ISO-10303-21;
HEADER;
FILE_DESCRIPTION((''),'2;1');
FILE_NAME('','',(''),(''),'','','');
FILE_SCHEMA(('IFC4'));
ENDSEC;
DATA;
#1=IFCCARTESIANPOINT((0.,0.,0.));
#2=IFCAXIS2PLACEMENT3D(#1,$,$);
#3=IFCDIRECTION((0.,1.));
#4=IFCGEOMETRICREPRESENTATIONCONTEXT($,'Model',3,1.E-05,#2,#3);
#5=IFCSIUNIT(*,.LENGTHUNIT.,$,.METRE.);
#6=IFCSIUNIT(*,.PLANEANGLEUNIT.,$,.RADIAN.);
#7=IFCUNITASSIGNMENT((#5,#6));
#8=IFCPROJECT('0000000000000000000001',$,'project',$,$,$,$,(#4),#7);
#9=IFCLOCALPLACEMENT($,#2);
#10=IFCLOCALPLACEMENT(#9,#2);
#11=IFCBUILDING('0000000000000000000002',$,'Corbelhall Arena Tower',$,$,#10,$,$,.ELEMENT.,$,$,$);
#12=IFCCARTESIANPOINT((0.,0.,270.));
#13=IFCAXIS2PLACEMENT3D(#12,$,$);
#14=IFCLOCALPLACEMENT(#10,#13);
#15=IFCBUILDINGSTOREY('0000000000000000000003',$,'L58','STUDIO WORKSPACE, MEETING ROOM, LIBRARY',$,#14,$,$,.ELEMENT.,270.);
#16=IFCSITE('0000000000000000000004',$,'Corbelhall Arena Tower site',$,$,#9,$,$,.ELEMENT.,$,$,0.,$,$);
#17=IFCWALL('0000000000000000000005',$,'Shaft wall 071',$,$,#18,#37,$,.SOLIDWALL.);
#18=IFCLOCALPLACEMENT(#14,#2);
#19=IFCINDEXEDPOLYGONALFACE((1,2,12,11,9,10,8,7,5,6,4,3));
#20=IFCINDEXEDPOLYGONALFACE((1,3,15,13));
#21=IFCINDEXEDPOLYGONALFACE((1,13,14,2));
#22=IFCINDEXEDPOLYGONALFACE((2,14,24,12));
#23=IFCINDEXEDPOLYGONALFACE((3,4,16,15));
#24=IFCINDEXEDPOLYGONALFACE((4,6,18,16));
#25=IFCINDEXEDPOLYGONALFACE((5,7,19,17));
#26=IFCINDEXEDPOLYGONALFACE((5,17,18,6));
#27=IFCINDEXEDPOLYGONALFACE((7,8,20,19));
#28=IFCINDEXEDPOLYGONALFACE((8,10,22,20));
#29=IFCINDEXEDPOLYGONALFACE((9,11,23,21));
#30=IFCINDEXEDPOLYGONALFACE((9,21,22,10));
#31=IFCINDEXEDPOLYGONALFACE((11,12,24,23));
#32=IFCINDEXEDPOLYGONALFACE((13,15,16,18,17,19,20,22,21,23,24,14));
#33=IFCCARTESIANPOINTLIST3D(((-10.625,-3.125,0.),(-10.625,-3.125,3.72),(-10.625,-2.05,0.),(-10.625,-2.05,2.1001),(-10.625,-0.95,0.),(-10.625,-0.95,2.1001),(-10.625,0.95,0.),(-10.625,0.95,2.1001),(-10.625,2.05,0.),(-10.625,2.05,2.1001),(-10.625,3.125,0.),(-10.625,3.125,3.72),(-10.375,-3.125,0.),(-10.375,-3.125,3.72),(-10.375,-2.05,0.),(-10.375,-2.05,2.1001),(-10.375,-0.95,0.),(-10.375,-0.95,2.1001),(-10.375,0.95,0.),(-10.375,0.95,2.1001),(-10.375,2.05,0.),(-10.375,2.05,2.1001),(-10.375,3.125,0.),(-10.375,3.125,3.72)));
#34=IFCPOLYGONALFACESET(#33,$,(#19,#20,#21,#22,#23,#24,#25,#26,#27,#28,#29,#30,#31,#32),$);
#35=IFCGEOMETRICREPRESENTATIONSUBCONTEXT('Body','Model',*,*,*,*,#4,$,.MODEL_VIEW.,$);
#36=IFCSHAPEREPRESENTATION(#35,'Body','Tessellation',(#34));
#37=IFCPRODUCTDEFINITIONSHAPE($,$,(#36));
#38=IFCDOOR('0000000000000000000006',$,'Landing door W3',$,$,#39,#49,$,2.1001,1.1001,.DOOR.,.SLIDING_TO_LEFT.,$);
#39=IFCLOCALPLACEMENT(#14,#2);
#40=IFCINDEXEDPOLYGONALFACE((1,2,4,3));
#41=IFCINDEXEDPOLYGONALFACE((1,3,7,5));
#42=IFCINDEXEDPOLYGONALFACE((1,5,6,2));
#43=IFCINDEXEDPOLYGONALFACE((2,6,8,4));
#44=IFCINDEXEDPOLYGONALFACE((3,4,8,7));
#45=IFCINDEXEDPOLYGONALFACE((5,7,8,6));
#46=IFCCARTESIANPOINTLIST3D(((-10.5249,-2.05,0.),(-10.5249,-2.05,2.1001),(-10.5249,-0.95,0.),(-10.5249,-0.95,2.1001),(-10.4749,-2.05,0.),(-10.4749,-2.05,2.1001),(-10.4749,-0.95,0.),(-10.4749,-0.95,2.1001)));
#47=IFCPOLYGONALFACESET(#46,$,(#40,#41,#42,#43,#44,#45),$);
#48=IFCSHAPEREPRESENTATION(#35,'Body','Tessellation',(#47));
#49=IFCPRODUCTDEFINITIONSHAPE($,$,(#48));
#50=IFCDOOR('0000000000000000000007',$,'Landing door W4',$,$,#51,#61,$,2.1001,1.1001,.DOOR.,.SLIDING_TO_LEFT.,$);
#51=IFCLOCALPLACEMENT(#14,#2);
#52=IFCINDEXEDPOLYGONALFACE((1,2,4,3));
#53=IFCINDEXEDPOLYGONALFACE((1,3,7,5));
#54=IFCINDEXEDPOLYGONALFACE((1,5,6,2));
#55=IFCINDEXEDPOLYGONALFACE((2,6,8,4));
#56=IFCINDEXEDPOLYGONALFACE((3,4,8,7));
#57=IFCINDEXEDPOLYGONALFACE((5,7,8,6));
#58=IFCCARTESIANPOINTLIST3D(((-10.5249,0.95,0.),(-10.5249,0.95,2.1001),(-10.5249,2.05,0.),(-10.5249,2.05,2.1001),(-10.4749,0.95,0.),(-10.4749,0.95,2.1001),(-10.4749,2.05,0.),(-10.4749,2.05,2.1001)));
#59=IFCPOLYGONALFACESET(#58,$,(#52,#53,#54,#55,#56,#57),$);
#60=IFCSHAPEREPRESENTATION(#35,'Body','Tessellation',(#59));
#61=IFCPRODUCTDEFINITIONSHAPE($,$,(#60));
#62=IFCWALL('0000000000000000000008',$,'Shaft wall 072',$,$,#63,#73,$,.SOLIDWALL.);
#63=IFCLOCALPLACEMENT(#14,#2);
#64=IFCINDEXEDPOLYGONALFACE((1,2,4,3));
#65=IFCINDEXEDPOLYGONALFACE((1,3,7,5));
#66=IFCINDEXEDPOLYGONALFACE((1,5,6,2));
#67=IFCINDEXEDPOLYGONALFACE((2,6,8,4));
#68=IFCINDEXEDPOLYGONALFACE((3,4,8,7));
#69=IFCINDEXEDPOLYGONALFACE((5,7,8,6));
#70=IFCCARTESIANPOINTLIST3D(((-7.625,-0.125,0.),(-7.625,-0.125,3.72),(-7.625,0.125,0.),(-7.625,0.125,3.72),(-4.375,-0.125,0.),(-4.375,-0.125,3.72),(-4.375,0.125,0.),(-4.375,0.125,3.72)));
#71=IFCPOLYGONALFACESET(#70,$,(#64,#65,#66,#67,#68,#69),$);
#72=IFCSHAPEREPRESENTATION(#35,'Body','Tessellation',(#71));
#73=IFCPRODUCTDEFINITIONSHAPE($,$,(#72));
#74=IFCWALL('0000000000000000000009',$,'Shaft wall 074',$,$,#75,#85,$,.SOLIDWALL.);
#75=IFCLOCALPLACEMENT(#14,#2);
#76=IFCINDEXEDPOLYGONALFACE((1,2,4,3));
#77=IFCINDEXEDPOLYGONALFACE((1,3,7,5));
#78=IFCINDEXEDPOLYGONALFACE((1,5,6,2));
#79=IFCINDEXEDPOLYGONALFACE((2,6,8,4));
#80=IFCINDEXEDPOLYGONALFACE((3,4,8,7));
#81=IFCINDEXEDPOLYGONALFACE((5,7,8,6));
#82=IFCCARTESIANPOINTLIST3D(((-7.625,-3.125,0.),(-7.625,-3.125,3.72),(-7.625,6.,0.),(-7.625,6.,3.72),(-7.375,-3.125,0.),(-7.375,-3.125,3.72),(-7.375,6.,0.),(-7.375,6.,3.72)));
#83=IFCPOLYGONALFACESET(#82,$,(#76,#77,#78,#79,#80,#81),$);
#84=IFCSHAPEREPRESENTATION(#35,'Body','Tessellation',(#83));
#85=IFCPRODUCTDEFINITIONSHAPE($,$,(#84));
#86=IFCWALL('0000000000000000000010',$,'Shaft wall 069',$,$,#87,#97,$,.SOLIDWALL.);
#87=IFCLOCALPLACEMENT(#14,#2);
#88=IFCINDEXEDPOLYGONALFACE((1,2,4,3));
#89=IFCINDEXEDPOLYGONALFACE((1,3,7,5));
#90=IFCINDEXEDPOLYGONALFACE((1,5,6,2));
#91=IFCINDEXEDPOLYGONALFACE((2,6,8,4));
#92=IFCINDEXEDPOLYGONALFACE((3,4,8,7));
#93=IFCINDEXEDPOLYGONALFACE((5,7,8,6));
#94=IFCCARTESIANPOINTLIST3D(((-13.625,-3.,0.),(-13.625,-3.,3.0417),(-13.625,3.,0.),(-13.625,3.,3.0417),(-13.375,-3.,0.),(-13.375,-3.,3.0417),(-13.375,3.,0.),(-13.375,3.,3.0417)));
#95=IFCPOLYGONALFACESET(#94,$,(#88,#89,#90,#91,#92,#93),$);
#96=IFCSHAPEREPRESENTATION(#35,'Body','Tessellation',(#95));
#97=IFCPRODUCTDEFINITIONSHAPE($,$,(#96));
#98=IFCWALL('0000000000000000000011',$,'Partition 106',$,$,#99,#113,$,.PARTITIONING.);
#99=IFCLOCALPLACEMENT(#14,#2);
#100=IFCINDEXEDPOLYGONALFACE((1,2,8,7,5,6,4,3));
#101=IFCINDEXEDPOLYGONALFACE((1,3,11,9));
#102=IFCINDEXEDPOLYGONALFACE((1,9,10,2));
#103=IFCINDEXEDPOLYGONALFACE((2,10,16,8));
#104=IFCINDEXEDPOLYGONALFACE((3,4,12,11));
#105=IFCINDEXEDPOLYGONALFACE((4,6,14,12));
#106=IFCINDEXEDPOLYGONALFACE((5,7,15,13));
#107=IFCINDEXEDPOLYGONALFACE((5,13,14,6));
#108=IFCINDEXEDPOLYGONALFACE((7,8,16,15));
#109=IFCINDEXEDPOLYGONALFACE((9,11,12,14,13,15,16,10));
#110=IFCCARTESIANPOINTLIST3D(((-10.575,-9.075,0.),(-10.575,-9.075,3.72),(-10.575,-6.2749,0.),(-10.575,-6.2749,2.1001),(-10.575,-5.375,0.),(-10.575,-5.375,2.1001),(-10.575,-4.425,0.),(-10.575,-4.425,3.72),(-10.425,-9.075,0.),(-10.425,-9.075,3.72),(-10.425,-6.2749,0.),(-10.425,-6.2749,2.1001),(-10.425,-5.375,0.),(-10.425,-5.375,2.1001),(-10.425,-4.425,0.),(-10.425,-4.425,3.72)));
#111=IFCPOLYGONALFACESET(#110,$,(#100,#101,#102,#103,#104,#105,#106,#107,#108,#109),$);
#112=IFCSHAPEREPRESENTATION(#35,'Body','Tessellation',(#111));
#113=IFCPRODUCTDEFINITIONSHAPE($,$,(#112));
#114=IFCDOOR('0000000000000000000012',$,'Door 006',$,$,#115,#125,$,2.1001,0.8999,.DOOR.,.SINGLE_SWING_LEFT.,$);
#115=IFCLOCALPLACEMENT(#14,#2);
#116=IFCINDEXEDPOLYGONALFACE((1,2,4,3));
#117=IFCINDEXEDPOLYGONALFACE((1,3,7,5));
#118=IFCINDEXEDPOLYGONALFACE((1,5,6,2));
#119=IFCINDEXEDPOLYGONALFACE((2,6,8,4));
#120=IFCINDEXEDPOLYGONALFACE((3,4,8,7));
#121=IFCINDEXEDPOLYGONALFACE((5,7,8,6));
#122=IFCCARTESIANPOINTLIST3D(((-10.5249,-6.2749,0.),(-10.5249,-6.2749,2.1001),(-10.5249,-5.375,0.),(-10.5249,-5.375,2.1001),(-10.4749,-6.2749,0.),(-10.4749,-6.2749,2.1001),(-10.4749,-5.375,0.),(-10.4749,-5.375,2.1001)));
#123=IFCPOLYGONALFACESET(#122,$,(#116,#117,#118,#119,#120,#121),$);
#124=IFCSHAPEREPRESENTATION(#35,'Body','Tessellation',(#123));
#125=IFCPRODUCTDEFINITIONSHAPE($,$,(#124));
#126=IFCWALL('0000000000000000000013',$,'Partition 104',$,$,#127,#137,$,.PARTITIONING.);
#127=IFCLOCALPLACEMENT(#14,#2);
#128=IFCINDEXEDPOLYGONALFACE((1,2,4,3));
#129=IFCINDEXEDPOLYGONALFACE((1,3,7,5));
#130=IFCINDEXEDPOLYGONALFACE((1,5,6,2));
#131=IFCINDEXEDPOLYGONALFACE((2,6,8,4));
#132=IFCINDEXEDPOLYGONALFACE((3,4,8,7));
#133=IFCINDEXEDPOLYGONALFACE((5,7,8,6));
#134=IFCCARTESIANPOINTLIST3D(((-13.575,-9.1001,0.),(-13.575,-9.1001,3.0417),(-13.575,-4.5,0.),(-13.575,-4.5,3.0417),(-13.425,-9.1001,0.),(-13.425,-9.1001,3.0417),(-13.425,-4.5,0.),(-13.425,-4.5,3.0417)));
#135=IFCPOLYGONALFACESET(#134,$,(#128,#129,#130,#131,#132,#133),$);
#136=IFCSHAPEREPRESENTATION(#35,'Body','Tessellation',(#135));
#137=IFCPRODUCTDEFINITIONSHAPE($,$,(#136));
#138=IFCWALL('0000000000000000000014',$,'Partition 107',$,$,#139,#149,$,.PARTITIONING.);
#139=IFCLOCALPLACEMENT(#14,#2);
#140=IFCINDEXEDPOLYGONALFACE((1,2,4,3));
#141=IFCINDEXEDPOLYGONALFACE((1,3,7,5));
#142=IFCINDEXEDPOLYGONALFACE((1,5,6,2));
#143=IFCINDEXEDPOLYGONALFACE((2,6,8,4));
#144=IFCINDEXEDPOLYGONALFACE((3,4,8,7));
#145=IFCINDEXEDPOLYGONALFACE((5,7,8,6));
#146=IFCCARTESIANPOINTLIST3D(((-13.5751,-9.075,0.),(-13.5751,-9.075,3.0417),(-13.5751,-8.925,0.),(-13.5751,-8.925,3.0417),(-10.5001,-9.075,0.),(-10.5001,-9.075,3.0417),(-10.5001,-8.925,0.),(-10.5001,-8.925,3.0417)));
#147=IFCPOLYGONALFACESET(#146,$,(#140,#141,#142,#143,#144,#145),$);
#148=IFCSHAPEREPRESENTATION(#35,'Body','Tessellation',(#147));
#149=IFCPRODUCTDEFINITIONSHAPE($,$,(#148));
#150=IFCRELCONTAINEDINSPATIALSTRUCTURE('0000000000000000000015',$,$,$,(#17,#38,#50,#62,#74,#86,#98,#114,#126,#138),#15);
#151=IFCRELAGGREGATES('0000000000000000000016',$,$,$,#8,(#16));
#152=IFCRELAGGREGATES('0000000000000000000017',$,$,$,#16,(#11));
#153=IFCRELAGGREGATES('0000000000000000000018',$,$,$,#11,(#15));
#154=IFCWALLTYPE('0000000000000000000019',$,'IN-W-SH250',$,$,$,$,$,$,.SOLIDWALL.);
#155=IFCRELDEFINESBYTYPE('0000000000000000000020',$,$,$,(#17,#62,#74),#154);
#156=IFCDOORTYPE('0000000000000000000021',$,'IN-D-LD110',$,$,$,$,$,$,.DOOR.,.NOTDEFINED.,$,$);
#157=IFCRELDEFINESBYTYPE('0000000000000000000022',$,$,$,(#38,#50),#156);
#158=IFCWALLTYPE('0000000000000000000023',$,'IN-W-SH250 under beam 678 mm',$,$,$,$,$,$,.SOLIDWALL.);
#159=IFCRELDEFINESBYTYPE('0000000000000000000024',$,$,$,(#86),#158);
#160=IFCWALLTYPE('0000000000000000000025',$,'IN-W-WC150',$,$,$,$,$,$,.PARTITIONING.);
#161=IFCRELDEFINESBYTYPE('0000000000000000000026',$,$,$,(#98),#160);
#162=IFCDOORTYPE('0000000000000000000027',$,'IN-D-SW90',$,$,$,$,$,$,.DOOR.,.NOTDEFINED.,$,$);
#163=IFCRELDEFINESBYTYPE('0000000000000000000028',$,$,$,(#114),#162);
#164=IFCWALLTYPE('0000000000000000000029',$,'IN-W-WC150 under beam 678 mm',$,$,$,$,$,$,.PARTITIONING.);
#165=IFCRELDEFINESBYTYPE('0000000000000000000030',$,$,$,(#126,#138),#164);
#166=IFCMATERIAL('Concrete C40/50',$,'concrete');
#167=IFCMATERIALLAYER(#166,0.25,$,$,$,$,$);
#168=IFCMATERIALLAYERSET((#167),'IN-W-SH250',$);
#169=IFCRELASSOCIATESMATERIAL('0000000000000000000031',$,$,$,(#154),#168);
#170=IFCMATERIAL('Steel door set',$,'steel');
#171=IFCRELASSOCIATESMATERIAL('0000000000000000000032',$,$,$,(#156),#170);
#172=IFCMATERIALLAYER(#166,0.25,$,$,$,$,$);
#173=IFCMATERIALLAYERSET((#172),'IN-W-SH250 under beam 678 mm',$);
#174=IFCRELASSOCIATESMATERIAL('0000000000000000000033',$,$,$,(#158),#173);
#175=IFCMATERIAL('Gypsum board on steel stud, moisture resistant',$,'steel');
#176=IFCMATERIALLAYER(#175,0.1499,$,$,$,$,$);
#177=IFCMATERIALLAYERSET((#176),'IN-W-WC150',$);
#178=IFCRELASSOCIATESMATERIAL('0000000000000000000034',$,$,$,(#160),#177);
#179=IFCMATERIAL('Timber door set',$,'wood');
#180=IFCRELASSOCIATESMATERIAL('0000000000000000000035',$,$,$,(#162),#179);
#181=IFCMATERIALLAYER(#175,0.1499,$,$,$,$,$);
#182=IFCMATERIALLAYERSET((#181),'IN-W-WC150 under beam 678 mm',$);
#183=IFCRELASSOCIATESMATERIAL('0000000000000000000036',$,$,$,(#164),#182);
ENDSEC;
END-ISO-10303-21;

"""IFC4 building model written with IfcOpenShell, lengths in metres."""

from ifc_helpers import new_model, si_unit, direction, frame, frame_2d, origin, place, context, subcontext, project, spatial, rectangle, extrude, material, layer, layer_set, type_object, element, fill, save


model = new_model("IFC4")

# Units and contexts
model_context = context("Model", 3, precision=1e-05, world=origin(), true_north=direction((0.0, 1.0)))
body_context = subcontext(model_context, "Body", "Model", "MODEL_VIEW")
ifc_project = project(units=[si_unit("LENGTHUNIT", "METRE"), si_unit("PLANEANGLEUNIT", "RADIAN")], contexts=[model_context])

# Site, building, storey
site_placement = place(None, origin())
site = spatial("IfcSite", under=ifc_project, at=site_placement, Name="Corbelhall Arena Tower site", CompositionType="ELEMENT", RefElevation=0.0)
building_placement = place(site_placement, origin())
building = spatial("IfcBuilding", under=site, at=building_placement, Name="Corbelhall Arena Tower", CompositionType="ELEMENT")
storey_placement = place(building_placement, frame((0.0, 0.0, 270.0)))
storey = spatial("IfcBuildingStorey", under=building, at=storey_placement, Name="L58", Description="STUDIO WORKSPACE, MEETING ROOM, LIBRARY", CompositionType="ELEMENT", Elevation=270.0)

# Shared definitions
ifc_material_1 = material(Name="Steel door set", Category="steel")

# Wall, openings, doors
ifc_material_2 = material(Name="Concrete C40/50", Category="concrete")
ifc_layer_1 = layer(ifc_material_2, 0.25)
ifc_layer_set_1 = layer_set([ifc_layer_1], Name="IN-W-SH250")
wall_type_1 = type_object("IfcWallType", Name="IN-W-SH250", PredefinedType="SOLIDWALL", material=ifc_layer_set_1)
wall_1_placement = place(storey_placement, frame((-10.5, -3.125, 0.0), z_axis=(0.0, 0.0, 1.0), x_axis=(0.0, 1.0, 0.0)))
wall_1 = element("IfcWall", 1, at=wall_1_placement, inside=storey, type_object=wall_type_1, Name="Shaft wall 071", PredefinedType="SOLIDWALL", context=body_context, shape_type="SweptSolid", body=[
    extrude(rectangle(XDim=6.25, YDim=0.25, at=frame_2d((3.125, 0.0))), origin(), (0.0, 0.0, 1.0), 3.72),
])
opening_1_placement = place(wall_1_placement, frame((1.075, 0.0, 0.0)))
opening_1 = element("IfcOpeningElement", 2, at=opening_1_placement, cuts=wall_1, PredefinedType="OPENING", context=body_context, shape_type="SweptSolid", body=[
    extrude(rectangle(XDim=1.1001, YDim=2.1001, at=frame_2d((0.55, 1.05))), frame((0.0, 0.125, 0.0), z_axis=(0.0, -1.0, 0.0), x_axis=(1.0, 0.0, 0.0)), (0.0, 0.0, 1.0), 0.25),
])
opening_2_placement = place(wall_1_placement, frame((4.075, 0.0, 0.0)))
opening_2 = element("IfcOpeningElement", 3, at=opening_2_placement, cuts=wall_1, PredefinedType="OPENING", context=body_context, shape_type="SweptSolid", body=[
    extrude(rectangle(XDim=1.1001, YDim=2.1001, at=frame_2d((0.55, 1.05))), frame((0.0, 0.125, 0.0), z_axis=(0.0, -1.0, 0.0), x_axis=(1.0, 0.0, 0.0)), (0.0, 0.0, 1.0), 0.25),
])
door_type_1 = type_object("IfcDoorType", Name="IN-D-LD110", OperationType="NOTDEFINED", PredefinedType="DOOR", material=ifc_material_1)
door_1_placement = place(opening_1_placement, origin())
door_1 = element("IfcDoor", 4, at=door_1_placement, inside=storey, type_object=door_type_1, Name="Landing door W3", OperationType="SLIDING_TO_LEFT", OverallHeight=2.1001, OverallWidth=1.1001, PredefinedType="DOOR", context=body_context, shape_type="SweptSolid", body=[
    extrude(rectangle(XDim=1.1001, YDim=2.1001, at=frame_2d((0.55, 1.05))), frame((0.0, 0.0249, 0.0), z_axis=(0.0, -1.0, 0.0), x_axis=(1.0, 0.0, 0.0)), (0.0, 0.0, 1.0), 0.05),
])
fill(opening_1, door_1)
door_2_placement = place(opening_2_placement, origin())
door_2 = element("IfcDoor", 5, at=door_2_placement, inside=storey, type_object=door_type_1, Name="Landing door W4", OperationType="SLIDING_TO_LEFT", OverallHeight=2.1001, OverallWidth=1.1001, PredefinedType="DOOR", context=body_context, shape_type="SweptSolid", body=[
    extrude(rectangle(XDim=1.1001, YDim=2.1001, at=frame_2d((0.55, 1.05))), frame((0.0, 0.0249, 0.0), z_axis=(0.0, -1.0, 0.0), x_axis=(1.0, 0.0, 0.0)), (0.0, 0.0, 1.0), 0.05),
])
fill(opening_2, door_2)

# Walls
wall_2_placement = place(storey_placement, frame((-7.625, 0.0, 0.0), z_axis=(0.0, 0.0, 1.0), x_axis=(1.0, 0.0, 0.0)))
element("IfcWall", 6, at=wall_2_placement, inside=storey, type_object=wall_type_1, Name="Shaft wall 072", PredefinedType="SOLIDWALL", context=body_context, shape_type="SweptSolid", body=[
    extrude(rectangle(XDim=3.25, YDim=0.25, at=frame_2d((1.625, 0.0))), origin(), (0.0, 0.0, 1.0), 3.72),
])
wall_3_placement = place(storey_placement, frame((-7.5, -3.125, 0.0), z_axis=(0.0, 0.0, 1.0), x_axis=(0.0, 1.0, 0.0)))
element("IfcWall", 7, at=wall_3_placement, inside=storey, type_object=wall_type_1, Name="Shaft wall 074", PredefinedType="SOLIDWALL", context=body_context, shape_type="SweptSolid", body=[
    extrude(rectangle(XDim=9.125, YDim=0.25, at=frame_2d((4.5625, 0.0))), origin(), (0.0, 0.0, 1.0), 3.72),
])
ifc_layer_2 = layer(ifc_material_2, 0.25)
ifc_layer_set_2 = layer_set([ifc_layer_2], Name="IN-W-SH250 under beam 678 mm")
wall_type_2 = type_object("IfcWallType", Name="IN-W-SH250 under beam 678 mm", PredefinedType="SOLIDWALL", material=ifc_layer_set_2)
wall_4_placement = place(storey_placement, frame((-13.5, -3.0, 0.0), z_axis=(0.0, 0.0, 1.0), x_axis=(0.0, 1.0, 0.0)))
element("IfcWall", 8, at=wall_4_placement, inside=storey, type_object=wall_type_2, Name="Shaft wall 069", PredefinedType="SOLIDWALL", context=body_context, shape_type="SweptSolid", body=[
    extrude(rectangle(XDim=6.0, YDim=0.25, at=frame_2d((3.0, 0.0))), origin(), (0.0, 0.0, 1.0), 3.0417),
])

# Wall, opening, door
ifc_material_3 = material(Name="Gypsum board on steel stud, moisture resistant", Category="steel")
ifc_layer_3 = layer(ifc_material_3, 0.1499)
ifc_layer_set_3 = layer_set([ifc_layer_3], Name="IN-W-WC150")
wall_type_3 = type_object("IfcWallType", Name="IN-W-WC150", PredefinedType="PARTITIONING", material=ifc_layer_set_3)
wall_5_placement = place(storey_placement, frame((-10.5, -9.075, 0.0), z_axis=(0.0, 0.0, 1.0), x_axis=(0.0, 1.0, 0.0)))
wall_5 = element("IfcWall", 9, at=wall_5_placement, inside=storey, type_object=wall_type_3, Name="Partition 106", PredefinedType="PARTITIONING", context=body_context, shape_type="SweptSolid", body=[
    extrude(rectangle(XDim=4.6499, YDim=0.1499, at=frame_2d((2.325, 0.0))), origin(), (0.0, 0.0, 1.0), 3.72),
])
opening_3_placement = place(wall_5_placement, frame((2.8, 0.0, 0.0)))
opening_3 = element("IfcOpeningElement", 10, at=opening_3_placement, cuts=wall_5, PredefinedType="OPENING", context=body_context, shape_type="SweptSolid", body=[
    extrude(rectangle(XDim=0.8999, YDim=2.1001, at=frame_2d((0.45, 1.05))), frame((0.0, 0.075, 0.0), z_axis=(0.0, -1.0, 0.0), x_axis=(1.0, 0.0, 0.0)), (0.0, 0.0, 1.0), 0.1499),
])
ifc_material_4 = material(Name="Timber door set", Category="wood")
door_type_2 = type_object("IfcDoorType", Name="IN-D-SW90", OperationType="NOTDEFINED", PredefinedType="DOOR", material=ifc_material_4)
door_3_placement = place(opening_3_placement, origin())
door_3 = element("IfcDoor", 11, at=door_3_placement, inside=storey, type_object=door_type_2, Name="Door 006", OperationType="SINGLE_SWING_LEFT", OverallHeight=2.1001, OverallWidth=0.8999, PredefinedType="DOOR", context=body_context, shape_type="SweptSolid", body=[
    extrude(rectangle(XDim=0.8999, YDim=2.1001, at=frame_2d((0.45, 1.05))), frame((0.0, 0.0249, 0.0), z_axis=(0.0, -1.0, 0.0), x_axis=(1.0, 0.0, 0.0)), (0.0, 0.0, 1.0), 0.05),
])
fill(opening_3, door_3)

# Walls
ifc_layer_4 = layer(ifc_material_3, 0.1499)
ifc_layer_set_4 = layer_set([ifc_layer_4], Name="IN-W-WC150 under beam 678 mm")
wall_type_4 = type_object("IfcWallType", Name="IN-W-WC150 under beam 678 mm", PredefinedType="PARTITIONING", material=ifc_layer_set_4)
wall_6_placement = place(storey_placement, frame((-13.5, -9.1001, 0.0), z_axis=(0.0, 0.0, 1.0), x_axis=(0.0, 1.0, 0.0)))
element("IfcWall", 12, at=wall_6_placement, inside=storey, type_object=wall_type_4, Name="Partition 104", PredefinedType="PARTITIONING", context=body_context, shape_type="SweptSolid", body=[
    extrude(rectangle(XDim=4.6001, YDim=0.1499, at=frame_2d((2.3, 0.0))), origin(), (0.0, 0.0, 1.0), 3.0417),
])
wall_7_placement = place(storey_placement, frame((-10.5, -9.0, 0.0), z_axis=(0.0, 0.0, 1.0), x_axis=(-1.0, 0.0, 0.0)))
element("IfcWall", 13, at=wall_7_placement, inside=storey, type_object=wall_type_4, Name="Partition 107", PredefinedType="PARTITIONING", context=body_context, shape_type="SweptSolid", body=[
    extrude(rectangle(XDim=3.075, YDim=0.1499, at=frame_2d((1.5376, 0.0))), origin(), (0.0, 0.0, 1.0), 3.0417),
])

save(model, "model.ifc")
